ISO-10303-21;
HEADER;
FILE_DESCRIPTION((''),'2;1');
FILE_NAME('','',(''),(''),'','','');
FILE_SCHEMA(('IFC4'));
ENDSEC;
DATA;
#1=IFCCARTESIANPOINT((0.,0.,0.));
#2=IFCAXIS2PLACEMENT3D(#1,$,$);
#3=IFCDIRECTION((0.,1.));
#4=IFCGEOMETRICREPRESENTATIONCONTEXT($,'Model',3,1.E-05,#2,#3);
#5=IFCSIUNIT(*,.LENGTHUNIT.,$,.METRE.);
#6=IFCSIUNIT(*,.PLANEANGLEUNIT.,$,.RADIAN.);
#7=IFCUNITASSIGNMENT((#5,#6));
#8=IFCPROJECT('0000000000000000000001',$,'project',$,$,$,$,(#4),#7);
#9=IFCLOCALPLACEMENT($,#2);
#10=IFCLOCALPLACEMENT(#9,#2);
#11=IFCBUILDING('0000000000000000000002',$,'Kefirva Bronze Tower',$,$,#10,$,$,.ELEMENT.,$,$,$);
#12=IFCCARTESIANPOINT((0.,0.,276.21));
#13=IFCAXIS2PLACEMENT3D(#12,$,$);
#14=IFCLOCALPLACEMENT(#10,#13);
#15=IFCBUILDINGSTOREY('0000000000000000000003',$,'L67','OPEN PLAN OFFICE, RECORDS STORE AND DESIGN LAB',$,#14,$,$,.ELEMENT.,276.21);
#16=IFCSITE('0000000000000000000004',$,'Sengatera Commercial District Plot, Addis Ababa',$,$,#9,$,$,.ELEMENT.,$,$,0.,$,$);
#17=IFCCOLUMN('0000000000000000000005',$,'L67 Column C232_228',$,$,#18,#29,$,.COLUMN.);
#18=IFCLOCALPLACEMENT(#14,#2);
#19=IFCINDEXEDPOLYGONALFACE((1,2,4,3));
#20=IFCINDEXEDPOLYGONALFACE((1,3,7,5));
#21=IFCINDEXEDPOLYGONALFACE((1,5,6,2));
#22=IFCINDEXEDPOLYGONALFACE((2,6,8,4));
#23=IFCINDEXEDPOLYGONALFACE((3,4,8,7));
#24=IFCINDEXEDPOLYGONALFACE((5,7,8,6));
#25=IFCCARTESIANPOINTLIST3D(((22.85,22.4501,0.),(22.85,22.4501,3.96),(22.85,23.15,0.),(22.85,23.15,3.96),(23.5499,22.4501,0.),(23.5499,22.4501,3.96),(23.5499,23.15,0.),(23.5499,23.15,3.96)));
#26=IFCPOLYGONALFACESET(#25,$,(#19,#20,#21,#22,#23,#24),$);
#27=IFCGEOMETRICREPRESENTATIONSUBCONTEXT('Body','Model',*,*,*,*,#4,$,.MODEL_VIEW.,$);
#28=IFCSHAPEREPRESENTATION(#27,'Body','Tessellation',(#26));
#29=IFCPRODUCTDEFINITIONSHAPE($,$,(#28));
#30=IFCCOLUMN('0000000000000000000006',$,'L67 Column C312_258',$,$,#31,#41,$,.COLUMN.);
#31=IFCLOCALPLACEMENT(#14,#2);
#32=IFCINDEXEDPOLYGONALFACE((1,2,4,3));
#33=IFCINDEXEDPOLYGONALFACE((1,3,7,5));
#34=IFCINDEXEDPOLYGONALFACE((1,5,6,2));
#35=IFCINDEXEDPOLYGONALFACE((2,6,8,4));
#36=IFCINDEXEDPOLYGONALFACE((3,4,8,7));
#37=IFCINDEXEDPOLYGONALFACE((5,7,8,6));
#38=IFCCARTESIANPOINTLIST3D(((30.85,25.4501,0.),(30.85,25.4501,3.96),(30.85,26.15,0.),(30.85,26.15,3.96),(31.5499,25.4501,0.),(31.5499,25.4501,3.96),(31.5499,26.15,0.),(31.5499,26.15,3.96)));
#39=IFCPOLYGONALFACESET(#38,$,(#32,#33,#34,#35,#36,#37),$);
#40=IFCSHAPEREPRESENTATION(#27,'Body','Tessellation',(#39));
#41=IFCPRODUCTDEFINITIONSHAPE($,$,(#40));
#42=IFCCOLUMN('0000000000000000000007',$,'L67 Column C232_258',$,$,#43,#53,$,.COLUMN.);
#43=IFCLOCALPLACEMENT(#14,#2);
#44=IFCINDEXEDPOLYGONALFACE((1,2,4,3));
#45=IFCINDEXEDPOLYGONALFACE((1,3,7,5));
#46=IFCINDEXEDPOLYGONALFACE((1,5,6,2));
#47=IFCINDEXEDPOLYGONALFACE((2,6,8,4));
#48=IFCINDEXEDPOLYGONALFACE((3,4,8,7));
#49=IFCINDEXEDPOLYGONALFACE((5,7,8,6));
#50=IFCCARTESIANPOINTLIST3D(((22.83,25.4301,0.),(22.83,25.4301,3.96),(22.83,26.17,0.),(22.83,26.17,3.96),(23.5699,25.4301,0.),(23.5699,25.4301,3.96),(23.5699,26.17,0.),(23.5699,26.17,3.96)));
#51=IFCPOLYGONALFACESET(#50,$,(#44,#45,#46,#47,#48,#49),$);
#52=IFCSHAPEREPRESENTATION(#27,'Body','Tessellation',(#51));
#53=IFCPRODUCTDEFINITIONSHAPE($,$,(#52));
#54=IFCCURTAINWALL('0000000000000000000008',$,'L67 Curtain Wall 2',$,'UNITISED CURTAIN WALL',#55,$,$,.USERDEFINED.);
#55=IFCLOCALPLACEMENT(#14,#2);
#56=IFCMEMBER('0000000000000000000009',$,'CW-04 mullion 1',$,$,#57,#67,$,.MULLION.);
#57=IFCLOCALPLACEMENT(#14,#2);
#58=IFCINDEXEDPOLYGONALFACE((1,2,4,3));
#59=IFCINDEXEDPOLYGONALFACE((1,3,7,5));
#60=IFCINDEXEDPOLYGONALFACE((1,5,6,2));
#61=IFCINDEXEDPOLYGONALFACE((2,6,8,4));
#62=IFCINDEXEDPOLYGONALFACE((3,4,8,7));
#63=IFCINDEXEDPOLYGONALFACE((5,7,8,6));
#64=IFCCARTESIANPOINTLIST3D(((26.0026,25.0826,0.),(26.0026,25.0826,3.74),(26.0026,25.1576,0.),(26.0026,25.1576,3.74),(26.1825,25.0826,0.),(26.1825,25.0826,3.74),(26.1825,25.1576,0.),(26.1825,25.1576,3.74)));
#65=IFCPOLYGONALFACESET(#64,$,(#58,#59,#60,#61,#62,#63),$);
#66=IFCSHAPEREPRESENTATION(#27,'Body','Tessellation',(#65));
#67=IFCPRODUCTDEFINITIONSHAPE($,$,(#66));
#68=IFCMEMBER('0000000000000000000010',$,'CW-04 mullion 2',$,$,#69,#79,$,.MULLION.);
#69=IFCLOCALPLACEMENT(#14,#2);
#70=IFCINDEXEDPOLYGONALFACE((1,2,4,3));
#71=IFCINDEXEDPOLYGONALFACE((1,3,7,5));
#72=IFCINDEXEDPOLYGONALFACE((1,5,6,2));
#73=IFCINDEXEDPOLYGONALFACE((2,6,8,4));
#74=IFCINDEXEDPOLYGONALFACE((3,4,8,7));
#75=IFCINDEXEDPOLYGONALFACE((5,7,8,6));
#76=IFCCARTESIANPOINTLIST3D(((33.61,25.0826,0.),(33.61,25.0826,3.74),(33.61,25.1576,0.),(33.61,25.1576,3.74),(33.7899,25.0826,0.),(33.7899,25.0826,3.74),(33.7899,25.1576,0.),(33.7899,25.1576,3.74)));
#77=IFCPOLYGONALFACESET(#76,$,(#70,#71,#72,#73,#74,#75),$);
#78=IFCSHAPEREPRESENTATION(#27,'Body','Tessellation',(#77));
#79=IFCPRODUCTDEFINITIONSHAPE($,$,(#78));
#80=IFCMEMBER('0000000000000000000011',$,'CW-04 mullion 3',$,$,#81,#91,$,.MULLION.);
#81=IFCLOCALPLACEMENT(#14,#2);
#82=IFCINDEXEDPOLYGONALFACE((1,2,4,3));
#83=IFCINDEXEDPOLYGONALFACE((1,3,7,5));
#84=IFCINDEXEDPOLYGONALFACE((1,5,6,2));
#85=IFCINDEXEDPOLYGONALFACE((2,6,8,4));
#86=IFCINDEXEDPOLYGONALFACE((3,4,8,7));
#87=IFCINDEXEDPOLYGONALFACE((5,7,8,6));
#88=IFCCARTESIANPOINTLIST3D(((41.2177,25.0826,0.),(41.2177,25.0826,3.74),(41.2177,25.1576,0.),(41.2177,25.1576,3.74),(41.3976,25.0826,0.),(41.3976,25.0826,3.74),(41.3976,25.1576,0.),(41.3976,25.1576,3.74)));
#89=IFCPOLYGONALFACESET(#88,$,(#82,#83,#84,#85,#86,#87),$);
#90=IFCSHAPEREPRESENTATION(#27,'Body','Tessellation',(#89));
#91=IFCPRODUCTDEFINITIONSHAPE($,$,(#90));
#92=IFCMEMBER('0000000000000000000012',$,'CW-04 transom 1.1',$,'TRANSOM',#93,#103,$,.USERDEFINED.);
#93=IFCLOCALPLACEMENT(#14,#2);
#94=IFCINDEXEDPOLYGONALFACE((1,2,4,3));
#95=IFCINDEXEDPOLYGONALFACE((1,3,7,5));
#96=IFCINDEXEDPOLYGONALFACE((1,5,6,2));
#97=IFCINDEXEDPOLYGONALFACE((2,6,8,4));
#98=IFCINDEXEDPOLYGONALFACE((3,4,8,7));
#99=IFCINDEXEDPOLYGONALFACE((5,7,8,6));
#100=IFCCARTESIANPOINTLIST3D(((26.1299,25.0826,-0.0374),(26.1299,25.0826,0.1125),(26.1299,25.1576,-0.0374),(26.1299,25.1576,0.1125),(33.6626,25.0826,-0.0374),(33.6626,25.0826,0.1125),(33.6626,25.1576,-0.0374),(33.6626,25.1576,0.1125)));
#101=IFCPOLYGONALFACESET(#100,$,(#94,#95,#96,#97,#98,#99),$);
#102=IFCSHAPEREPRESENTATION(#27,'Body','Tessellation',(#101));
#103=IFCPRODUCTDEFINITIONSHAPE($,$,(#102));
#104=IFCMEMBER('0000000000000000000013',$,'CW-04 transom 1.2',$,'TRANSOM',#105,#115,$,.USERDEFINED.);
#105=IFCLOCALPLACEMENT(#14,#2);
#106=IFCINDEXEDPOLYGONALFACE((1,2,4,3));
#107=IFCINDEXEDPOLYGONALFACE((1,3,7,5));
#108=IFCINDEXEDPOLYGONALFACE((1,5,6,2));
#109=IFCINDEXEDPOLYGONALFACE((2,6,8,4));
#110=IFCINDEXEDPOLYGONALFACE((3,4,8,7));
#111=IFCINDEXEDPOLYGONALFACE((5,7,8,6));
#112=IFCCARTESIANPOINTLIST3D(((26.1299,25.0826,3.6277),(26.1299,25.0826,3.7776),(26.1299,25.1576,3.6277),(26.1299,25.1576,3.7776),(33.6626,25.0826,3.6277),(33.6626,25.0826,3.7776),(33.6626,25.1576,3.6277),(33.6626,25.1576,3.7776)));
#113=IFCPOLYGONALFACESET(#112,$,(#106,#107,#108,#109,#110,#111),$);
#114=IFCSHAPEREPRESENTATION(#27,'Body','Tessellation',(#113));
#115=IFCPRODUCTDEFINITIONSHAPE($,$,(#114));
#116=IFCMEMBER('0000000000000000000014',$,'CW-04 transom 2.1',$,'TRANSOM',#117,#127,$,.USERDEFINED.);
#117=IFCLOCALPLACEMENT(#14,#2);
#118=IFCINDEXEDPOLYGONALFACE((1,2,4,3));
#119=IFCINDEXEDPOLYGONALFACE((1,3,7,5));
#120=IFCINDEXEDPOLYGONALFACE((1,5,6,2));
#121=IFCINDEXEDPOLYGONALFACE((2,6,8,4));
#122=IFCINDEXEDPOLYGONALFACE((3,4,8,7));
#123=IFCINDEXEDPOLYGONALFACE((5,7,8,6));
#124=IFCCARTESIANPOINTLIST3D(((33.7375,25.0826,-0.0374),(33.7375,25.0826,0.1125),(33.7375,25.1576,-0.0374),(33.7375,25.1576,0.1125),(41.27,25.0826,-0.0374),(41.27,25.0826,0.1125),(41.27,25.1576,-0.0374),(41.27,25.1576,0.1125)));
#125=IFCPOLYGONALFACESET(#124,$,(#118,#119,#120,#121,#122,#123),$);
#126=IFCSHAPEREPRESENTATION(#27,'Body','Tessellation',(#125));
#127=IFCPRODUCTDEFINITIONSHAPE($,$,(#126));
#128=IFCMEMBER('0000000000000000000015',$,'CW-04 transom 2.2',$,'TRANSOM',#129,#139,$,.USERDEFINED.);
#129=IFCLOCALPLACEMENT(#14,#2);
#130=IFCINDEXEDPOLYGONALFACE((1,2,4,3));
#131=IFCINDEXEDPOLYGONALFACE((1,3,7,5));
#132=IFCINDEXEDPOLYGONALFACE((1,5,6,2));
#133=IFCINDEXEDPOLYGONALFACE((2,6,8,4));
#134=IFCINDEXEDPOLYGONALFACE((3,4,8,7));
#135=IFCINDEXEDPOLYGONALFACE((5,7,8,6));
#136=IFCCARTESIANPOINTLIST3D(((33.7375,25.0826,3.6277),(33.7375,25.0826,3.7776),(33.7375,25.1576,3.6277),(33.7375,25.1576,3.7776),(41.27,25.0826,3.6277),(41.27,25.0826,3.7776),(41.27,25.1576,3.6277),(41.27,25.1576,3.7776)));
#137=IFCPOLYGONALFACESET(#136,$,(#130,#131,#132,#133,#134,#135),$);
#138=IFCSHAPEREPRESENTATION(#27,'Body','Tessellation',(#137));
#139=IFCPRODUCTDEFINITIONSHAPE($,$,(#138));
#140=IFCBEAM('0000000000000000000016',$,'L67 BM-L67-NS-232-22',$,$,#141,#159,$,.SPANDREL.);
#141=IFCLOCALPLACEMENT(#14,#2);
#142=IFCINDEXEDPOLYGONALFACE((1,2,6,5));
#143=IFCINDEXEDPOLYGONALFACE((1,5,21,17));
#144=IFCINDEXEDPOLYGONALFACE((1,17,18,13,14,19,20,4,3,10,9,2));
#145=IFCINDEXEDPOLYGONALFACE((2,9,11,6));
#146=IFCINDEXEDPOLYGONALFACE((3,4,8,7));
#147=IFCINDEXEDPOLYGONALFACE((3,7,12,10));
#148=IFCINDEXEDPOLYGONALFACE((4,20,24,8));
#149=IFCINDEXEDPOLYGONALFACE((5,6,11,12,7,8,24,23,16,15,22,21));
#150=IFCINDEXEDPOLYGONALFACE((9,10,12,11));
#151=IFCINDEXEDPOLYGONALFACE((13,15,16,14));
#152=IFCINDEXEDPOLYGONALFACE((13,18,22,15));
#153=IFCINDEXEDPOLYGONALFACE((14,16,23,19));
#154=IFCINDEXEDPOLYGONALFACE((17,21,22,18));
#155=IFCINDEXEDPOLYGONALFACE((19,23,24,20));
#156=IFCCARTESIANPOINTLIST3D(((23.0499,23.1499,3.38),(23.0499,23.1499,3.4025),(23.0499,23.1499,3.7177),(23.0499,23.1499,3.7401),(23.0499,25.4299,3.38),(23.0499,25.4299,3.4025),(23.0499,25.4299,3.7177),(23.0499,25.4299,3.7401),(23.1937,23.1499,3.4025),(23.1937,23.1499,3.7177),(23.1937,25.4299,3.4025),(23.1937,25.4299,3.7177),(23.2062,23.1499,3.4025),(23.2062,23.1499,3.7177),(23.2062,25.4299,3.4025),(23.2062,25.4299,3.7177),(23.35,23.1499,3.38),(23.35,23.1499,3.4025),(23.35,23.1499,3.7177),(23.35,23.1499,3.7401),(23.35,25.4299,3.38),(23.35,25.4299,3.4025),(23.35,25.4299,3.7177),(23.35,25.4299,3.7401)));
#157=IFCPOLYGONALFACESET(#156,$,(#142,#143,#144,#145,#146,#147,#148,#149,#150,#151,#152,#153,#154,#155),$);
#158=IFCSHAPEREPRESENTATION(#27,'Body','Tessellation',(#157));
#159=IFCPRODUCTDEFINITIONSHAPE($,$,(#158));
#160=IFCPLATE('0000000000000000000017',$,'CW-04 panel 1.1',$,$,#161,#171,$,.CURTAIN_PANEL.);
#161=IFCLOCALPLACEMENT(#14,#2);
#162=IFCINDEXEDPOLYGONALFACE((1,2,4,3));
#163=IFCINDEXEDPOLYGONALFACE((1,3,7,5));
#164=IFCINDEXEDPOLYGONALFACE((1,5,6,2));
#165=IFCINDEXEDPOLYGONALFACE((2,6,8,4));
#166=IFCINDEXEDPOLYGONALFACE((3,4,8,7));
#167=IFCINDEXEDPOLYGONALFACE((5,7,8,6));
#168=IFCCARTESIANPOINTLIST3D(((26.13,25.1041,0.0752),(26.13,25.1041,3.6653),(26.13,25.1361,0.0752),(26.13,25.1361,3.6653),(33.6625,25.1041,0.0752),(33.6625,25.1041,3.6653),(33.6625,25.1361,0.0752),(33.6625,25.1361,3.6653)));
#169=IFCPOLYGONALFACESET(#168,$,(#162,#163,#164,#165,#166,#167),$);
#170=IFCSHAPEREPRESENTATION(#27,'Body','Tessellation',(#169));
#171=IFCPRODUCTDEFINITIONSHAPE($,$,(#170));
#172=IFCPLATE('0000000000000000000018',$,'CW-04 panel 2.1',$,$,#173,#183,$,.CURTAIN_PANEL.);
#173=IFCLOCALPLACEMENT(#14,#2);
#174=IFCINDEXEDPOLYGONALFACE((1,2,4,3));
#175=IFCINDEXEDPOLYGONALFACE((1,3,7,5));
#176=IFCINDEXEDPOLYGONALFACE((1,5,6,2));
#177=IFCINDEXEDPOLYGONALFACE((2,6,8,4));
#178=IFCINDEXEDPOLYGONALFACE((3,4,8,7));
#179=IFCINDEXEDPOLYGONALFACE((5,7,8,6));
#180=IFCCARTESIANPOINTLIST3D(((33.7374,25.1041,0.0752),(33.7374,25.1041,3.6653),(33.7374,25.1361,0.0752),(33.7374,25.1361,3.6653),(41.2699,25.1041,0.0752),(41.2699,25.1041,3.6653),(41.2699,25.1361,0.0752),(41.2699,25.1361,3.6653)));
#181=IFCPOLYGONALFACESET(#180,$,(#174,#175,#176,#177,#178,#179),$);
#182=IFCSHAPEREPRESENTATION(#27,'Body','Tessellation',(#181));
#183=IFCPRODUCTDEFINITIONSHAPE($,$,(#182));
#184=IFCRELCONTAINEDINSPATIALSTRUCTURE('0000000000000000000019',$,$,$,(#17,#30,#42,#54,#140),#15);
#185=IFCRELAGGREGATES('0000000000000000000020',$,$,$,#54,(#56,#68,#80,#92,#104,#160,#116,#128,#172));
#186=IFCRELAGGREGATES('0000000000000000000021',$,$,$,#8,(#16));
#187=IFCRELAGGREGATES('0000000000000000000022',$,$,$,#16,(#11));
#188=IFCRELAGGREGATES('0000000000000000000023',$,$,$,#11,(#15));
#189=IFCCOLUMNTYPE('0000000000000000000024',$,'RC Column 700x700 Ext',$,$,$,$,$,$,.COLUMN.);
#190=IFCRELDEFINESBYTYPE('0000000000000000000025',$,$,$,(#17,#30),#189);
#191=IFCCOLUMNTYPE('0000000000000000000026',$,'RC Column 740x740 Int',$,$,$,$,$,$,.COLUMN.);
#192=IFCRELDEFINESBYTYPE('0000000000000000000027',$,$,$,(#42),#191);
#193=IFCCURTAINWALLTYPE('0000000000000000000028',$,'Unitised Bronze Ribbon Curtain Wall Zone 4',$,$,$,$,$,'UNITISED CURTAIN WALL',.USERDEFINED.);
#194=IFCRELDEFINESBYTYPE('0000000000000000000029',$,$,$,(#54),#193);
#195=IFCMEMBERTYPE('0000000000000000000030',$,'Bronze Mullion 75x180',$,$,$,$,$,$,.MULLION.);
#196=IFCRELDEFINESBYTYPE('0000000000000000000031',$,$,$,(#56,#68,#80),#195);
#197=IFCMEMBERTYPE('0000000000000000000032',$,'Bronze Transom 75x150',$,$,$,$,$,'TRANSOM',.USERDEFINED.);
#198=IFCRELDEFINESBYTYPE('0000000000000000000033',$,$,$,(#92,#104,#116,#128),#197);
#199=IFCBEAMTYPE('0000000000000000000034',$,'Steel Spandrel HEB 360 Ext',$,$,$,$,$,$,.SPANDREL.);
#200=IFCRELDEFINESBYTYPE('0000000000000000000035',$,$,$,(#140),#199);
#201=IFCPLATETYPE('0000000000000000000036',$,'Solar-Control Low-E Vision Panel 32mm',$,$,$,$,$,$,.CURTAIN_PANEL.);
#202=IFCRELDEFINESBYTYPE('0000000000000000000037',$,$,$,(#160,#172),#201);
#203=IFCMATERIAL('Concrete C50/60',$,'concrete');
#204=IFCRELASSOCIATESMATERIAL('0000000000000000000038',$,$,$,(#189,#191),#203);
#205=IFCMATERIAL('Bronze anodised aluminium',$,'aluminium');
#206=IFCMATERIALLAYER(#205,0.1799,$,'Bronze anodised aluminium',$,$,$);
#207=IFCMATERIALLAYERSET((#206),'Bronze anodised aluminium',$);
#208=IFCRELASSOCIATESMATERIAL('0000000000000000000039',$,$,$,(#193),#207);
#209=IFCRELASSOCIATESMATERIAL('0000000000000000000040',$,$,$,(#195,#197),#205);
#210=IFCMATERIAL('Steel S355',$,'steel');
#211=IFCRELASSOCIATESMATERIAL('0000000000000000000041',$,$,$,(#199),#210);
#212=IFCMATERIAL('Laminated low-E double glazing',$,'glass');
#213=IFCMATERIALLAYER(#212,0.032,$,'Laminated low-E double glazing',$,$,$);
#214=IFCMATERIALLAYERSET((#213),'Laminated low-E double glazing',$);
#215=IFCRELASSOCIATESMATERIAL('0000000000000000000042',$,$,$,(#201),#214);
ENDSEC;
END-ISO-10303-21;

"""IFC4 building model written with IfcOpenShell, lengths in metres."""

from ifc_helpers import new_model, si_unit, direction, frame, origin, origin_2d, place, context, subcontext, project, spatial, rectangle, i_section, extrude, material, layer, layer_set, material_profile, profile_set, type_object, element, aggregate, save


model = new_model("IFC4")

# Units and contexts
model_context = context("Model", 3, precision=1e-05, world=origin(), true_north=direction((0.0, 1.0)))
body_context = subcontext(model_context, "Body", "Model", "MODEL_VIEW")
ifc_project = project(units=[si_unit("LENGTHUNIT", "METRE"), si_unit("PLANEANGLEUNIT", "RADIAN")], contexts=[model_context])

# Site, building, storey
site_placement = place(None, origin())
site = spatial("IfcSite", under=ifc_project, at=site_placement, Name="Sengatera Commercial District Plot, Addis Ababa", CompositionType="ELEMENT", RefElevation=0.0)
building_placement = place(site_placement, origin())
building = spatial("IfcBuilding", under=site, at=building_placement, Name="Kefirva Bronze Tower", CompositionType="ELEMENT")
storey_placement = place(building_placement, frame((0.0, 0.0, 276.21)))
storey = spatial("IfcBuildingStorey", under=building, at=storey_placement, Name="L67", Description="OPEN PLAN OFFICE, RECORDS STORE AND DESIGN LAB", CompositionType="ELEMENT", Elevation=276.21)

# Columns
ifc_material_1 = material(Name="Concrete C50/60", Category="concrete")
ifc_material_profile_1 = material_profile(ifc_material_1, rectangle(XDim=0.7, YDim=0.7, at=origin_2d()), Name="RC 700x700")
ifc_profile_set_1 = profile_set([ifc_material_profile_1], Name="Concrete C50/60")
column_type_1 = type_object("IfcColumnType", Name="RC Column 700x700 Ext", PredefinedType="COLUMN", material=ifc_profile_set_1)
for number, where, z_axis, x_axis, name in (
    (1, (23.2, 22.8, 0.0), (0.0, 0.0, 1.0), (1.0, 0.0, 0.0), "L67 Column C232_228"),
    (2, (31.2, 25.8, 0.0), (0.0, 0.0, 1.0), (1.0, 0.0, 0.0), "L67 Column C312_258"),
):
    element("IfcColumn", number, at=place(storey_placement, frame(where, z_axis=z_axis, x_axis=x_axis)), inside=storey, type_object=column_type_1, Name=name, PredefinedType="COLUMN", context=body_context, shape_type="SweptSolid", body=[
        extrude(rectangle(XDim=0.7, YDim=0.7, at=origin_2d()), origin(), (0.0, 0.0, 1.0), 3.96),
    ])
ifc_material_profile_2 = material_profile(ifc_material_1, rectangle(XDim=0.74, YDim=0.74, at=origin_2d()), Name="RC 740x740")
ifc_profile_set_2 = profile_set([ifc_material_profile_2], Name="Concrete C50/60")
column_type_2 = type_object("IfcColumnType", Name="RC Column 740x740 Int", PredefinedType="COLUMN", material=ifc_profile_set_2)
column_placement = place(storey_placement, frame((23.2, 25.8, 0.0), z_axis=(0.0, 0.0, 1.0), x_axis=(1.0, 0.0, 0.0)))
element("IfcColumn", 3, at=column_placement, inside=storey, type_object=column_type_2, Name="L67 Column C232_258", PredefinedType="COLUMN", context=body_context, shape_type="SweptSolid", body=[
    extrude(rectangle(XDim=0.74, YDim=0.74, at=origin_2d()), origin(), (0.0, 0.0, 1.0), 3.96),
])

# Curtain wall, members
ifc_material_2 = material(Name="Bronze anodised aluminium", Category="aluminium")
ifc_layer_1 = layer(ifc_material_2, 0.1799, Name="Bronze anodised aluminium")
ifc_layer_set_1 = layer_set([ifc_layer_1], Name="Bronze anodised aluminium")
curtain_wall_type = type_object("IfcCurtainWallType", Name="Unitised Bronze Ribbon Curtain Wall Zone 4", ElementType="UNITISED CURTAIN WALL", PredefinedType="USERDEFINED", material=ifc_layer_set_1)
curtain_wall_placement = place(storey_placement, origin())
curtain_wall = element("IfcCurtainWall", 4, at=curtain_wall_placement, inside=storey, type_object=curtain_wall_type, Name="L67 Curtain Wall 2", ObjectType="UNITISED CURTAIN WALL", PredefinedType="USERDEFINED")
ifc_material_profile_3 = material_profile(ifc_material_2, rectangle(XDim=0.075, YDim=0.1799, at=origin_2d()), Name="ALU 75x180")
ifc_profile_set_3 = profile_set([ifc_material_profile_3], Name="Bronze anodised aluminium")
member_type_1 = type_object("IfcMemberType", Name="Bronze Mullion 75x180", PredefinedType="MULLION", material=ifc_profile_set_3)
member_1_placement = place(storey_placement, frame((26.0925, 25.1201, 0.0), z_axis=(0.0, 0.0, 1.0), x_axis=(0.0, 1.0, 0.0)))
member_1 = element("IfcMember", 5, at=member_1_placement, type_object=member_type_1, Name="CW-04 mullion 1", PredefinedType="MULLION", context=body_context, shape_type="SweptSolid", body=[
    extrude(rectangle(XDim=0.075, YDim=0.1799, at=origin_2d()), origin(), (0.0, 0.0, 1.0), 3.74),
])
member_2_placement = place(storey_placement, frame((33.7, 25.1201, 0.0), z_axis=(0.0, 0.0, 1.0), x_axis=(0.0, 1.0, 0.0)))
member_2 = element("IfcMember", 6, at=member_2_placement, type_object=member_type_1, Name="CW-04 mullion 2", PredefinedType="MULLION", context=body_context, shape_type="SweptSolid", body=[
    extrude(rectangle(XDim=0.075, YDim=0.1799, at=origin_2d()), origin(), (0.0, 0.0, 1.0), 3.74),
])
member_3_placement = place(storey_placement, frame((41.3076, 25.1201, 0.0), z_axis=(0.0, 0.0, 1.0), x_axis=(0.0, 1.0, 0.0)))
member_3 = element("IfcMember", 7, at=member_3_placement, type_object=member_type_1, Name="CW-04 mullion 3", PredefinedType="MULLION", context=body_context, shape_type="SweptSolid", body=[
    extrude(rectangle(XDim=0.075, YDim=0.1799, at=origin_2d()), origin(), (0.0, 0.0, 1.0), 3.74),
])
ifc_material_profile_4 = material_profile(ifc_material_2, rectangle(XDim=0.075, YDim=0.1499, at=origin_2d()), Name="ALU 75x150")
ifc_profile_set_4 = profile_set([ifc_material_profile_4], Name="Bronze anodised aluminium")
member_type_2 = type_object("IfcMemberType", Name="Bronze Transom 75x150", ElementType="TRANSOM", PredefinedType="USERDEFINED", material=ifc_profile_set_4)
member_4_placement = place(storey_placement, frame((26.1299, 25.1201, 0.0376), z_axis=(1.0, 0.0, 0.0), x_axis=(0.0, 1.0, 0.0)))
member_4 = element("IfcMember", 8, at=member_4_placement, type_object=member_type_2, Name="CW-04 transom 1.1", ObjectType="TRANSOM", PredefinedType="USERDEFINED", context=body_context, shape_type="SweptSolid", body=[
    extrude(rectangle(XDim=0.075, YDim=0.1499, at=origin_2d()), origin(), (0.0, 0.0, 1.0), 7.5327),
])
member_5_placement = place(storey_placement, frame((26.1299, 25.1201, 3.7026), z_axis=(1.0, 0.0, 0.0), x_axis=(0.0, 1.0, 0.0)))
member_5 = element("IfcMember", 9, at=member_5_placement, type_object=member_type_2, Name="CW-04 transom 1.2", ObjectType="TRANSOM", PredefinedType="USERDEFINED", context=body_context, shape_type="SweptSolid", body=[
    extrude(rectangle(XDim=0.075, YDim=0.1499, at=origin_2d()), origin(), (0.0, 0.0, 1.0), 7.5327),
])
member_6_placement = place(storey_placement, frame((33.7375, 25.1201, 0.0376), z_axis=(1.0, 0.0, 0.0), x_axis=(0.0, 1.0, 0.0)))
member_6 = element("IfcMember", 10, at=member_6_placement, type_object=member_type_2, Name="CW-04 transom 2.1", ObjectType="TRANSOM", PredefinedType="USERDEFINED", context=body_context, shape_type="SweptSolid", body=[
    extrude(rectangle(XDim=0.075, YDim=0.1499, at=origin_2d()), origin(), (0.0, 0.0, 1.0), 7.5325),
])
member_7_placement = place(storey_placement, frame((33.7375, 25.1201, 3.7026), z_axis=(1.0, 0.0, 0.0), x_axis=(0.0, 1.0, 0.0)))
member_7 = element("IfcMember", 11, at=member_7_placement, type_object=member_type_2, Name="CW-04 transom 2.2", ObjectType="TRANSOM", PredefinedType="USERDEFINED", context=body_context, shape_type="SweptSolid", body=[
    extrude(rectangle(XDim=0.075, YDim=0.1499, at=origin_2d()), origin(), (0.0, 0.0, 1.0), 7.5325),
])

# Beam
ifc_material_3 = material(Name="Steel S355", Category="steel")
ifc_material_profile_5 = material_profile(ifc_material_3, i_section(OverallWidth=0.3, OverallDepth=0.3601, WebThickness=0.0125, FlangeThickness=0.0225, at=origin_2d()), Name="HEB 360")
ifc_profile_set_5 = profile_set([ifc_material_profile_5], Name="Steel S355")
beam_type = type_object("IfcBeamType", Name="Steel Spandrel HEB 360 Ext", PredefinedType="SPANDREL", material=ifc_profile_set_5)
beam_placement = place(storey_placement, frame((23.2, 23.1499, 3.5601), z_axis=(0.0, 1.0, 0.0), x_axis=(-1.0, 0.0, 0.0)))
element("IfcBeam", 12, at=beam_placement, inside=storey, type_object=beam_type, Name="L67 BM-L67-NS-232-22", PredefinedType="SPANDREL", context=body_context, shape_type="SweptSolid", body=[
    extrude(i_section(OverallWidth=0.3, OverallDepth=0.3601, WebThickness=0.0125, FlangeThickness=0.0225, at=origin_2d()), origin(), (0.0, 0.0, 1.0), 2.28),
])

# Plates
ifc_material_4 = material(Name="Laminated low-E double glazing", Category="glass")
ifc_layer_2 = layer(ifc_material_4, 0.032, Name="Laminated low-E double glazing")
ifc_layer_set_2 = layer_set([ifc_layer_2], Name="Laminated low-E double glazing")
plate_type = type_object("IfcPlateType", Name="Solar-Control Low-E Vision Panel 32mm", PredefinedType="CURTAIN_PANEL", material=ifc_layer_set_2)
plate_1_placement = place(storey_placement, frame((29.8962, 25.1201, 0.0752), z_axis=(0.0, 0.0, 1.0), x_axis=(1.0, 0.0, 0.0)))
plate_1 = element("IfcPlate", 13, at=plate_1_placement, type_object=plate_type, Name="CW-04 panel 1.1", PredefinedType="CURTAIN_PANEL", context=body_context, shape_type="SweptSolid", body=[
    extrude(rectangle(XDim=7.5325, YDim=0.032, at=origin_2d()), origin(), (0.0, 0.0, 1.0), 3.5901),
])
plate_2_placement = place(storey_placement, frame((37.5037, 25.1201, 0.0752), z_axis=(0.0, 0.0, 1.0), x_axis=(1.0, 0.0, 0.0)))
plate_2 = element("IfcPlate", 14, at=plate_2_placement, type_object=plate_type, Name="CW-04 panel 2.1", PredefinedType="CURTAIN_PANEL", context=body_context, shape_type="SweptSolid", body=[
    extrude(rectangle(XDim=7.5325, YDim=0.032, at=origin_2d()), origin(), (0.0, 0.0, 1.0), 3.5901),
])
aggregate(curtain_wall, [member_1, member_2, member_3, member_4, member_5, plate_1, member_6, member_7, plate_2])

save(model, "model.ifc")
